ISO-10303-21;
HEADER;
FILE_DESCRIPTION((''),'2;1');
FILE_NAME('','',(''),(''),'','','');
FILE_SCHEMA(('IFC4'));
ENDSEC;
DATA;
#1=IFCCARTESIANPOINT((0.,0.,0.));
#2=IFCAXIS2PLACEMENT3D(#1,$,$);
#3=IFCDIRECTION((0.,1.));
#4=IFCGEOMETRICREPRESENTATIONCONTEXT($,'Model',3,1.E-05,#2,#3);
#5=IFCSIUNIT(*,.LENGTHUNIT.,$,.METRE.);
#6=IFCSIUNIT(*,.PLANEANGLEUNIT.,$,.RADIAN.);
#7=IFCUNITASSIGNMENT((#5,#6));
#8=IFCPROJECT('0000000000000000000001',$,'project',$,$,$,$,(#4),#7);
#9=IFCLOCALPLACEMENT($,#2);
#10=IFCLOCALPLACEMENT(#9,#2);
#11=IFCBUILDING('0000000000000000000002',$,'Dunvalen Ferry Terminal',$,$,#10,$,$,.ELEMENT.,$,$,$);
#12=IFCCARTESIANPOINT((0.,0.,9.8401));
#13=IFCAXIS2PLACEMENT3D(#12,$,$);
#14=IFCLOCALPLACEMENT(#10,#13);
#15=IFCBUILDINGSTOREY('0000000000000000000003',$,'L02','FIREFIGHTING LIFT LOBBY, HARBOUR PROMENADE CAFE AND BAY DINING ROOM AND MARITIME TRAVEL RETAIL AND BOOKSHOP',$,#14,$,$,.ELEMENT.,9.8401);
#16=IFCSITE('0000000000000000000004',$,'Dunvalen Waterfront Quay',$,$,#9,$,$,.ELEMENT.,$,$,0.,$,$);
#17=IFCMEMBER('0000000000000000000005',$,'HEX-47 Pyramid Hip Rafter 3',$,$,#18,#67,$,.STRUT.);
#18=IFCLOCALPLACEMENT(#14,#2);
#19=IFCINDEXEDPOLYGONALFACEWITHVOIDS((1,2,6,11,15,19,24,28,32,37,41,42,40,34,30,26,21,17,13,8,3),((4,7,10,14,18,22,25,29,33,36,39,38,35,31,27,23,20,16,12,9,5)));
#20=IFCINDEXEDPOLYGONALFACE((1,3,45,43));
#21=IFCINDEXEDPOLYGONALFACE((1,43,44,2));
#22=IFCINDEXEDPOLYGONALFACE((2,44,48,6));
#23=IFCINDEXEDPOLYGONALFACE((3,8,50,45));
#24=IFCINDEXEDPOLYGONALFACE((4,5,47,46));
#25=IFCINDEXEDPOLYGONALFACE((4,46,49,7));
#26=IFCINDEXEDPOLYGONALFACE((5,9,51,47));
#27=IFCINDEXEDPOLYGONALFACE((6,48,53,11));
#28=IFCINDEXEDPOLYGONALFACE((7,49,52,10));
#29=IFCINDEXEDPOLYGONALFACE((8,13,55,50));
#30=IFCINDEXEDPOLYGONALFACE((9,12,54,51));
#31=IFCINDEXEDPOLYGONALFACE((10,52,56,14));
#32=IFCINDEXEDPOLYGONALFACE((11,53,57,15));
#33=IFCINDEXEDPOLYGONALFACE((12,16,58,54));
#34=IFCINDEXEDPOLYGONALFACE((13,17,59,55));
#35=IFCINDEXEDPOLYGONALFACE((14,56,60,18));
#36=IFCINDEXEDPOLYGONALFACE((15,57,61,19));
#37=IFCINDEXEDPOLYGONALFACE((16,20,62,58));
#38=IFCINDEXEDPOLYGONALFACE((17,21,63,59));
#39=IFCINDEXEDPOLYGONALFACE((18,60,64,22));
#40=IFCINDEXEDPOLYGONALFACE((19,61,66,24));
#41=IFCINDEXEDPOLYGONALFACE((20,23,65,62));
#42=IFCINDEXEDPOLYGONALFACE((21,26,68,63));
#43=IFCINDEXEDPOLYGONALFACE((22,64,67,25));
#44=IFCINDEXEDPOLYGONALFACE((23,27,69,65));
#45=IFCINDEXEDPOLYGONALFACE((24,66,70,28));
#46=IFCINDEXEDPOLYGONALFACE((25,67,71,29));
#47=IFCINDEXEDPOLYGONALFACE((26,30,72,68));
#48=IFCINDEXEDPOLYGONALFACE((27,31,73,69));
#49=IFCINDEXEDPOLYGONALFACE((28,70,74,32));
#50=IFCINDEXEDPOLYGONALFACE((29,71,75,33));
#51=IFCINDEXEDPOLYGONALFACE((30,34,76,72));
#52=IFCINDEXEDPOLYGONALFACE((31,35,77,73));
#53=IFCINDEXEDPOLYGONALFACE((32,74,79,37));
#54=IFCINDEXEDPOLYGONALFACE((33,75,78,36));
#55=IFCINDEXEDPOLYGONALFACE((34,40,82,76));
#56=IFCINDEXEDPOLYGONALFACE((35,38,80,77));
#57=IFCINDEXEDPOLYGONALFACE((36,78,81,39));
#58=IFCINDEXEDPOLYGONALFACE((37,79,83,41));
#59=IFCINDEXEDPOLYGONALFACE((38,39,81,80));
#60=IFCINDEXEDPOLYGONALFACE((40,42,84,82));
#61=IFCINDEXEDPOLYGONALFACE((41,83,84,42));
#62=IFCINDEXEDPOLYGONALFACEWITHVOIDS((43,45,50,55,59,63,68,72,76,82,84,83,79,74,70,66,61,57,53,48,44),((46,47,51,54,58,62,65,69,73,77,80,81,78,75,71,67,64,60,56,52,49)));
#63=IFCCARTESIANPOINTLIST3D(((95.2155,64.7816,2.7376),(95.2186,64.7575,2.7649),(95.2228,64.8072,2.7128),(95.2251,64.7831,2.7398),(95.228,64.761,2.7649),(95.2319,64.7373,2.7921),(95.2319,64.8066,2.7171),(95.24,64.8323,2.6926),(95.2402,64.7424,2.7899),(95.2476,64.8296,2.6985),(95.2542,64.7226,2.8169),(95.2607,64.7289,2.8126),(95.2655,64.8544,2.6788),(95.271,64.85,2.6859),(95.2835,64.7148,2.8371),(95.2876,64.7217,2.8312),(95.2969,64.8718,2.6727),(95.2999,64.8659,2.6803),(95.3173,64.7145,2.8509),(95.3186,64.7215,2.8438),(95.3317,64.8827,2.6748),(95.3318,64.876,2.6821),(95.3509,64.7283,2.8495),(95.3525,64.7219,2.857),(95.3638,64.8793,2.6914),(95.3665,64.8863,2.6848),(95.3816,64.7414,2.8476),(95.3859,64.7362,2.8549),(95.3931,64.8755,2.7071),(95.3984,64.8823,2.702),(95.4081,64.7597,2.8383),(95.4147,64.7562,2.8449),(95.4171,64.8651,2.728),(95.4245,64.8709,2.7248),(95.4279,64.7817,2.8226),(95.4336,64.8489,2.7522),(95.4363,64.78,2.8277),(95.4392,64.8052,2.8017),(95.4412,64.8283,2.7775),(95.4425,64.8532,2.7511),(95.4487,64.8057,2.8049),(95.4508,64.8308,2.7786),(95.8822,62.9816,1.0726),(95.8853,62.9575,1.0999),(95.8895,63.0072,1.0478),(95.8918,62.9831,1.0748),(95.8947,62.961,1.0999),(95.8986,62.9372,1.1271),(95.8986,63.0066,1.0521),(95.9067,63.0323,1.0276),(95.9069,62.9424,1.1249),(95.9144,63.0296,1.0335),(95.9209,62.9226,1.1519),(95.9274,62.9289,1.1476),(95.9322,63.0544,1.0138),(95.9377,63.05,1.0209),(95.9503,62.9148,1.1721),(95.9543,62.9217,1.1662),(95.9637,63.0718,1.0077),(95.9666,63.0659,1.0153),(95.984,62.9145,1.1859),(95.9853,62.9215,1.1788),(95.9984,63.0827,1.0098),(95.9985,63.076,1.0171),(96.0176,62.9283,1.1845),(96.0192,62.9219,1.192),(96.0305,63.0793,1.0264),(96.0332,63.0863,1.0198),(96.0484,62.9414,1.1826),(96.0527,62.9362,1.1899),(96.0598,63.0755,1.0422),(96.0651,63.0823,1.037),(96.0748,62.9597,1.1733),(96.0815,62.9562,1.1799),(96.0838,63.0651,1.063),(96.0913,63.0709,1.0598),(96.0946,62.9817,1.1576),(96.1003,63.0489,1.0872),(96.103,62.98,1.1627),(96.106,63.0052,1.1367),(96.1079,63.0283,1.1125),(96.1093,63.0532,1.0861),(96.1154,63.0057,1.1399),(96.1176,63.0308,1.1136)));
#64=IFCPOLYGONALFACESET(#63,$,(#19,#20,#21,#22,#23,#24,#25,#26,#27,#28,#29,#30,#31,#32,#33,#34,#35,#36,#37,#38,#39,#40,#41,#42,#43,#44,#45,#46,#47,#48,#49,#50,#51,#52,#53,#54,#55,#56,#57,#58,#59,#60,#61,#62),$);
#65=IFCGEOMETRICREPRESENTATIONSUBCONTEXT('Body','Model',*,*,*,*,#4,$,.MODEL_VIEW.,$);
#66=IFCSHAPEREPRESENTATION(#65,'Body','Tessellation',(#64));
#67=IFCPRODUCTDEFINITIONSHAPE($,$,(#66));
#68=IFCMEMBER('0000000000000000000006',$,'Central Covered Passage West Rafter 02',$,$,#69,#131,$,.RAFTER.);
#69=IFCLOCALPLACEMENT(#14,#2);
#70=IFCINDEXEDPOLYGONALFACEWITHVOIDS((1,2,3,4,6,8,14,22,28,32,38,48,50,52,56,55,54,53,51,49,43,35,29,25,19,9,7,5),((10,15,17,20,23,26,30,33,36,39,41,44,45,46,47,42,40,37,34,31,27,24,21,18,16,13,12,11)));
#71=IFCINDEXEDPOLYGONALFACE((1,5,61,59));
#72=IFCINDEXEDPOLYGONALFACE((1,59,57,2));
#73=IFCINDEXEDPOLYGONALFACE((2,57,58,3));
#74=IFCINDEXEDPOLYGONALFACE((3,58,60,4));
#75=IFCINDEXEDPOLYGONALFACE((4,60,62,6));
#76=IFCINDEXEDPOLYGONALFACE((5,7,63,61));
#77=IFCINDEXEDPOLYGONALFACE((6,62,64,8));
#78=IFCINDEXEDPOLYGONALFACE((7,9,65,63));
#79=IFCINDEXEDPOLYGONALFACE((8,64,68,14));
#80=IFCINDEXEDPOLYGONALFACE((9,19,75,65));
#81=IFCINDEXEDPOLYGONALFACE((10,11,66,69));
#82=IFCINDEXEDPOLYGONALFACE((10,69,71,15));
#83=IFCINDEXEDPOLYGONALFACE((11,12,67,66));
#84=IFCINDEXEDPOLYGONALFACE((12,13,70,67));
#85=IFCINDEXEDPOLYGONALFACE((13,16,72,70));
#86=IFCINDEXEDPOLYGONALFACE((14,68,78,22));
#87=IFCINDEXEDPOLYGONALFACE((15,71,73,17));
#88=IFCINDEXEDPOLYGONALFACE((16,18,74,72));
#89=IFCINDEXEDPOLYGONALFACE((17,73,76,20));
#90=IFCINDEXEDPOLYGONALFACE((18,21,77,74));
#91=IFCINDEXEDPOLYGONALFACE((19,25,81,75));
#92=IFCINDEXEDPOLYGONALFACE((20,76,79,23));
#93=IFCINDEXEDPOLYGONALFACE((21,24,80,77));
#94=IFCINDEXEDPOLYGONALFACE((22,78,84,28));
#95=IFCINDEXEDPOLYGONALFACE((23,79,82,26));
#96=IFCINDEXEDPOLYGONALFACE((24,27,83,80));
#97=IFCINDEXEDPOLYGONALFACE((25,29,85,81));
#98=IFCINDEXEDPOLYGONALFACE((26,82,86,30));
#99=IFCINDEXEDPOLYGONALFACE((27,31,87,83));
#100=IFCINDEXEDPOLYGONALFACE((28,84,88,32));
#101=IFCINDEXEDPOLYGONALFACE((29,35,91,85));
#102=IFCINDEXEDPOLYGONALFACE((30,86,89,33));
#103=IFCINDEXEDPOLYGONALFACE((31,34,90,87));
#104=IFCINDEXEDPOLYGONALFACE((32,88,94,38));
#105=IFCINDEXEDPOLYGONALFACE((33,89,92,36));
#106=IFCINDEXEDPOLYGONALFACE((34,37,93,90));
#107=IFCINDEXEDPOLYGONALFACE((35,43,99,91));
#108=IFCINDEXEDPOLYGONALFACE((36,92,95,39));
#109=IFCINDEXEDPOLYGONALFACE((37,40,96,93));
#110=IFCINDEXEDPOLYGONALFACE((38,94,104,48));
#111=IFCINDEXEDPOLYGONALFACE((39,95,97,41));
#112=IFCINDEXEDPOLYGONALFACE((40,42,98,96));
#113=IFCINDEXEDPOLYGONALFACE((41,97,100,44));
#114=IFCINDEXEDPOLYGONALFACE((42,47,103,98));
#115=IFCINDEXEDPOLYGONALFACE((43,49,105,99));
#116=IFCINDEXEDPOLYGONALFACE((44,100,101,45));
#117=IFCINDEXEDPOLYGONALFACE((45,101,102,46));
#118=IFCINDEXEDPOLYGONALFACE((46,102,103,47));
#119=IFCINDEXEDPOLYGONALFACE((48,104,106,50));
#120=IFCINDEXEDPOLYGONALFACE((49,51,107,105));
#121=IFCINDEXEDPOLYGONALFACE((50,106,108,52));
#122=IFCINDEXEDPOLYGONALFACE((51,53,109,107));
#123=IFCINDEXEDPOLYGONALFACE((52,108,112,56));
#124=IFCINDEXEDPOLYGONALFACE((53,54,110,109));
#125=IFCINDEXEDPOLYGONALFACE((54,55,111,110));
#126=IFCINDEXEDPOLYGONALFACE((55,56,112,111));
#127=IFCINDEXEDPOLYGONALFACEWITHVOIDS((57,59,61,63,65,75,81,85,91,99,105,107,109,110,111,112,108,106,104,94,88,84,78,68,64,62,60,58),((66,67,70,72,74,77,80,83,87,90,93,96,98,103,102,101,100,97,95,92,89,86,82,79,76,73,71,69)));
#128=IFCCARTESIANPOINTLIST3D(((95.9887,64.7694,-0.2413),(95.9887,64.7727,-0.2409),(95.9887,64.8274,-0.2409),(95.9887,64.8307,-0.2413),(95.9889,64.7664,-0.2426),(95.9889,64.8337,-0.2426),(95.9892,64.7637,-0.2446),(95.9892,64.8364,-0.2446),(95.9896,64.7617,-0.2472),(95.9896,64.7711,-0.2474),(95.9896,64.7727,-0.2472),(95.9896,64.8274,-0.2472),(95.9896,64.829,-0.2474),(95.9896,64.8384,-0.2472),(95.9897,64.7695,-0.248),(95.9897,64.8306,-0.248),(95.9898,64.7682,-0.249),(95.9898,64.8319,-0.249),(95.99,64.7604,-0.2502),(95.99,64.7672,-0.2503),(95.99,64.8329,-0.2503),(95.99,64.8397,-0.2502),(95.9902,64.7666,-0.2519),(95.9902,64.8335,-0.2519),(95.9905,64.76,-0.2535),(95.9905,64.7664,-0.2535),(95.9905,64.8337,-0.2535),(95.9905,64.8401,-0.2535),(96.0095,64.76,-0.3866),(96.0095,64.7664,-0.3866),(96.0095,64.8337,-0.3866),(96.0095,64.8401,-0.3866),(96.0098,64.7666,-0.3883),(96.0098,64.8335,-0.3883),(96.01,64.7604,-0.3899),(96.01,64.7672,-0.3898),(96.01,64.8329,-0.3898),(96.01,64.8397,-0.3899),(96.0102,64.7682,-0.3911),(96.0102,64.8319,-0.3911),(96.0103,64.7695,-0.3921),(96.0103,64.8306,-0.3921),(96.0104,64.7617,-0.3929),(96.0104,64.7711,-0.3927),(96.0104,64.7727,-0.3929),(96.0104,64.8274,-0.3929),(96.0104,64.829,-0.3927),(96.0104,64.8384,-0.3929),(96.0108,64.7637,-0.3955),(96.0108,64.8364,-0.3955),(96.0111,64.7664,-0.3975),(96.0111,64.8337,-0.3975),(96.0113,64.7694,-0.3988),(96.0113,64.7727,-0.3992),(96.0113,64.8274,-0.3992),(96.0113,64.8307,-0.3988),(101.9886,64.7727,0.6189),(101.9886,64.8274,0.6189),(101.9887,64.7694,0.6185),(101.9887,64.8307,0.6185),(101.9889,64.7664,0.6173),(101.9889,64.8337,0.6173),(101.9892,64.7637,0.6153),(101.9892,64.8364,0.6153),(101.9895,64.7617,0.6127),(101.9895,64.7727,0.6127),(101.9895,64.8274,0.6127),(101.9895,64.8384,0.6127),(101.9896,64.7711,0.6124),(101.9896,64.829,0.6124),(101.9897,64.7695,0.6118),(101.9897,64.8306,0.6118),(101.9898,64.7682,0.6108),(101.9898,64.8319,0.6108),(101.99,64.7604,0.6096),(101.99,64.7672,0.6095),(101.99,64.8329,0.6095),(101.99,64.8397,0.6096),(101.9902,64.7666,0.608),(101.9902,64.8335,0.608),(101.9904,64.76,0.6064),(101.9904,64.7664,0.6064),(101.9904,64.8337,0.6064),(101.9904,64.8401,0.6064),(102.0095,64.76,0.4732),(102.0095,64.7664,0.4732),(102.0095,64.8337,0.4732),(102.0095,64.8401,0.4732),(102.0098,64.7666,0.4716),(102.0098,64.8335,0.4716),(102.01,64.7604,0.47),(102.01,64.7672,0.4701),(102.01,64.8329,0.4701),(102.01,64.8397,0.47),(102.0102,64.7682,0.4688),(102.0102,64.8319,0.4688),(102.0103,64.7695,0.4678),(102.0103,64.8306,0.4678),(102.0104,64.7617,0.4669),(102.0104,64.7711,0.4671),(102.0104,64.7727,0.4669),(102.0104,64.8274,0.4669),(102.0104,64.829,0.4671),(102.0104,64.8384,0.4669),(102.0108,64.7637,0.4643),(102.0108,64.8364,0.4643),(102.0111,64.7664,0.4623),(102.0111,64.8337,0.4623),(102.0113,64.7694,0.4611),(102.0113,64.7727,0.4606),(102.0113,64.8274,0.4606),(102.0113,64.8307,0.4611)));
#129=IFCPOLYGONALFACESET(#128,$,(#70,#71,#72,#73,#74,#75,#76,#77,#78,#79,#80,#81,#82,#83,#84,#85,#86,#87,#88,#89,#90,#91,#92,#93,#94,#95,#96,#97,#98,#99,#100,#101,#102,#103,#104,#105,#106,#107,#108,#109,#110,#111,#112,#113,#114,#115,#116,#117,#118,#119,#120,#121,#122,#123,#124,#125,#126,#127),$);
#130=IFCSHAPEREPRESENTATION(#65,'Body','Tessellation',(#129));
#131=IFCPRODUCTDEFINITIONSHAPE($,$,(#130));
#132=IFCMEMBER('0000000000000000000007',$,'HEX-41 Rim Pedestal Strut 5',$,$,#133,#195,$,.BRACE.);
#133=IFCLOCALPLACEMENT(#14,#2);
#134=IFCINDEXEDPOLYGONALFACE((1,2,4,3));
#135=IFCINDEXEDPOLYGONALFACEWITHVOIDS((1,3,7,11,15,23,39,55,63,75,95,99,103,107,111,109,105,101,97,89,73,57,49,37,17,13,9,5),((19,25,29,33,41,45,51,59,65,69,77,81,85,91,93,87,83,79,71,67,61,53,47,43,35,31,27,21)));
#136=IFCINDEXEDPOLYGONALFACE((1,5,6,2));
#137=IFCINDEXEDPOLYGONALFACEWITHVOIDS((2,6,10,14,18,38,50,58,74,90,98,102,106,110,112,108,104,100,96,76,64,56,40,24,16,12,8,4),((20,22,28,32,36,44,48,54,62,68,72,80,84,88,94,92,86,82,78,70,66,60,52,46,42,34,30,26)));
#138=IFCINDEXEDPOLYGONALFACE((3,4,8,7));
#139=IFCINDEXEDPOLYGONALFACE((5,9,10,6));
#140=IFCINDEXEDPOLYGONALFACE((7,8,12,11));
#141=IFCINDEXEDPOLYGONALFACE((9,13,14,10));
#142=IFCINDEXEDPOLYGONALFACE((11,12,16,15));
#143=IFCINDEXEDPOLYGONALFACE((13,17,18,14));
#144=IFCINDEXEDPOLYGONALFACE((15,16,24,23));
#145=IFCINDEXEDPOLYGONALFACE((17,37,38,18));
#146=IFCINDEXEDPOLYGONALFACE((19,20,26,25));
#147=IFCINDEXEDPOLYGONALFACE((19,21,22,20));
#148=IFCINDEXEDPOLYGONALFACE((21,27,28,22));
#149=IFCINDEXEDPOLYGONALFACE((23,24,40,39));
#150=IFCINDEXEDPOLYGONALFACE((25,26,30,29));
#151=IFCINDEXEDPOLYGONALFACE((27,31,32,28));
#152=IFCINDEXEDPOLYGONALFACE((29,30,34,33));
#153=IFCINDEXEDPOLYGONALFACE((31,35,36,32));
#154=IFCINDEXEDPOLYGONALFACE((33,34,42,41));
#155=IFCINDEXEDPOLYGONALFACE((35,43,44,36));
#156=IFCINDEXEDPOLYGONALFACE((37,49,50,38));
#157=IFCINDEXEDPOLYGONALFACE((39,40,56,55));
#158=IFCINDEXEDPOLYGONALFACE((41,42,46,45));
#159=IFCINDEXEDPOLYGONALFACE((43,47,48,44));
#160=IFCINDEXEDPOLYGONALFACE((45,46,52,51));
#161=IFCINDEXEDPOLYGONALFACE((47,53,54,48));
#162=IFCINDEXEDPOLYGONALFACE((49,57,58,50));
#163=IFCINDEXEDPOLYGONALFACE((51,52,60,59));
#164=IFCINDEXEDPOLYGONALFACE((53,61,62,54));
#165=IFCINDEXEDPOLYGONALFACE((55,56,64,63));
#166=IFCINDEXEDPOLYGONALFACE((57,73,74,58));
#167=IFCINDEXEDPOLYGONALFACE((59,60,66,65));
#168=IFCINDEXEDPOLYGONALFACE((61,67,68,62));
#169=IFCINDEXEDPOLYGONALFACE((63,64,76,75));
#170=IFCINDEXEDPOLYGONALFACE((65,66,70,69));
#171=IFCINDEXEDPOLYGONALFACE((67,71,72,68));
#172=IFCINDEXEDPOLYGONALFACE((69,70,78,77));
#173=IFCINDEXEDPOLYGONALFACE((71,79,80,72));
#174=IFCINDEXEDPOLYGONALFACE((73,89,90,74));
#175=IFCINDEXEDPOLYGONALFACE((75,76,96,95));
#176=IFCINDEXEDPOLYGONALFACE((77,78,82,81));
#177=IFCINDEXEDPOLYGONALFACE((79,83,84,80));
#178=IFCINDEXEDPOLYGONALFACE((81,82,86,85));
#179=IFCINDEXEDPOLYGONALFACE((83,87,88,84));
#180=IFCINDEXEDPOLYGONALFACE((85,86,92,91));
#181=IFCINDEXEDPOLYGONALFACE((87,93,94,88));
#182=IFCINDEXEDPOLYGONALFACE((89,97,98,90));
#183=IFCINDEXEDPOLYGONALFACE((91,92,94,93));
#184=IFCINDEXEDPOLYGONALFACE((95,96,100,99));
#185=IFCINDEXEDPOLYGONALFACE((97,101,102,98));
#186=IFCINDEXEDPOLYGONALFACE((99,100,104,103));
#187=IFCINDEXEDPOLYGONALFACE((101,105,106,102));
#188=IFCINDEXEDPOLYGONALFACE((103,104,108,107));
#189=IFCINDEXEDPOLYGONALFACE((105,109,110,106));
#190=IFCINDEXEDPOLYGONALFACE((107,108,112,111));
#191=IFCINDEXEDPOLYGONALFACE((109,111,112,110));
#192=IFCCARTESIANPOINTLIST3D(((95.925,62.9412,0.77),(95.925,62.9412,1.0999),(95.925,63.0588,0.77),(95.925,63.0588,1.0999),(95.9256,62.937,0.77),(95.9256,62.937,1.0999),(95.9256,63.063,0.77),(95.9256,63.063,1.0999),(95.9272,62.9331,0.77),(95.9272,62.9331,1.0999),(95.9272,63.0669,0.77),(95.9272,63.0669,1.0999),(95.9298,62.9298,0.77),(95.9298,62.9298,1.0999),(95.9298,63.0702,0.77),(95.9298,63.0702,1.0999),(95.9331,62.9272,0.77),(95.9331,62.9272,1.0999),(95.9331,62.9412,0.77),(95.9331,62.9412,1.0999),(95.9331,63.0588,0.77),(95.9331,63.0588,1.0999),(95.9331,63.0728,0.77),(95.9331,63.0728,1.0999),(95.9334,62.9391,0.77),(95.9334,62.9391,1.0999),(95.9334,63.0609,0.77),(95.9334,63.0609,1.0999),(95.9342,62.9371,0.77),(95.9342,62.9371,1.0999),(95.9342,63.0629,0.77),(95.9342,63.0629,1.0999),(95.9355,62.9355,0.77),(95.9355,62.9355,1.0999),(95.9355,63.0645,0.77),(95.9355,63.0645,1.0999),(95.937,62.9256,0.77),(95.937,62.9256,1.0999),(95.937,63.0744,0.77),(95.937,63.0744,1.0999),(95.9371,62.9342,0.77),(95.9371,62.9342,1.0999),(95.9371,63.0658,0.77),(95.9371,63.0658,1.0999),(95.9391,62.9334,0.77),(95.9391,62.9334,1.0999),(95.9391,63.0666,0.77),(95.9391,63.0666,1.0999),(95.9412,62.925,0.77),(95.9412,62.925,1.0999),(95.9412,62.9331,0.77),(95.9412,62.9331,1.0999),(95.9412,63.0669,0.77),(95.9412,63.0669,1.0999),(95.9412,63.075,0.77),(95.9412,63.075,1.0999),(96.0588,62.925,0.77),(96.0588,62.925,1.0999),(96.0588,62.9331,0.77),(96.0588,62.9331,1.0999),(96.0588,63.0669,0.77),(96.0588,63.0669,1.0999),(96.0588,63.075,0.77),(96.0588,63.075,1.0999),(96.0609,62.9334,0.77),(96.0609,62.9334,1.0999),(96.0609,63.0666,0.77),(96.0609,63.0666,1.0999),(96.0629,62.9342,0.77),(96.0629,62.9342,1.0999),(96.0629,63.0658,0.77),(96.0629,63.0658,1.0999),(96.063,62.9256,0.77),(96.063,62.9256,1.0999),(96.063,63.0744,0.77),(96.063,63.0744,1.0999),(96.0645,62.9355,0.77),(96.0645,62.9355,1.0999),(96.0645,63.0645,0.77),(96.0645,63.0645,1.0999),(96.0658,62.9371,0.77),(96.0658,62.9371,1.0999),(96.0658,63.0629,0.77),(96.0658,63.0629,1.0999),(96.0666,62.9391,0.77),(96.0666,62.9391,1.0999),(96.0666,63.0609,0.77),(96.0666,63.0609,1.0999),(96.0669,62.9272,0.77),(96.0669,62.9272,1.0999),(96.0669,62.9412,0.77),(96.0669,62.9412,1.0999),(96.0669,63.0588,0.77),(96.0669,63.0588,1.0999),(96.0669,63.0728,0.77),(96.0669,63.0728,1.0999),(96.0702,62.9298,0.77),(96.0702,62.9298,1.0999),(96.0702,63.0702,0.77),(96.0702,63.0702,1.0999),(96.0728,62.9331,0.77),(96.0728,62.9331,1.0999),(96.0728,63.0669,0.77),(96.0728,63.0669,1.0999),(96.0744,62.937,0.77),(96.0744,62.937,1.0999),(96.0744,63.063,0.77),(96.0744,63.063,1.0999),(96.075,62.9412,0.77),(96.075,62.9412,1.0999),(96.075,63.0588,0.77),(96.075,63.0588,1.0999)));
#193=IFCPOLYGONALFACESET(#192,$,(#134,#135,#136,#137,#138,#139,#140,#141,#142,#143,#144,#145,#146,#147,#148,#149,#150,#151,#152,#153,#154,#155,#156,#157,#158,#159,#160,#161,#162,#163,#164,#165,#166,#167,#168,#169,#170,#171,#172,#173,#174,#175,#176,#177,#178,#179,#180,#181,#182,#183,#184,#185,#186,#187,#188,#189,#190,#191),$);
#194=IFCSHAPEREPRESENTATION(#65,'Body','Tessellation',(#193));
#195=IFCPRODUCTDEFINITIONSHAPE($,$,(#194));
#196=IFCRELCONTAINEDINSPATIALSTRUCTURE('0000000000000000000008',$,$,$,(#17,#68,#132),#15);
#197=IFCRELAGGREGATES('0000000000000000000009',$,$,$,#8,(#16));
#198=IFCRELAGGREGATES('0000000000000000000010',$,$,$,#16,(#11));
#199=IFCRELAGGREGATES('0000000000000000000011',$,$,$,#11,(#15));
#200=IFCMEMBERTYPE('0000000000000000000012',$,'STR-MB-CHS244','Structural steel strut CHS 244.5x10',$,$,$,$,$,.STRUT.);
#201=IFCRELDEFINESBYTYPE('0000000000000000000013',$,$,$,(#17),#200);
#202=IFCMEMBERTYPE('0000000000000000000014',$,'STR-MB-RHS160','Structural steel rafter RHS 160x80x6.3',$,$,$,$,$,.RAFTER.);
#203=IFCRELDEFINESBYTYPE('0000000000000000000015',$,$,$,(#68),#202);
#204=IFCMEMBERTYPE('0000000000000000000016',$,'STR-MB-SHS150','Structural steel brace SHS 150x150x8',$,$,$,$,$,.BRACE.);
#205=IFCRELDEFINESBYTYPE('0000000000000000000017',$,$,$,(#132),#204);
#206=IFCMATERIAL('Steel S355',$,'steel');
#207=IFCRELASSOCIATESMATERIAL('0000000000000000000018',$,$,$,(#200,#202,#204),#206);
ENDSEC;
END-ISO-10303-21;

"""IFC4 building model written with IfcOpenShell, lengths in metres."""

from ifc_helpers import new_model, si_unit, direction, frame, origin, origin_2d, place, context, subcontext, project, spatial, hollow_rectangle, hollow_circle, extrude, material, material_profile, profile_set, type_object, element, save


model = new_model("IFC4")

# Units and contexts
model_context = context("Model", 3, precision=1e-05, world=origin(), true_north=direction((0.0, 1.0)))
body_context = subcontext(model_context, "Body", "Model", "MODEL_VIEW")
ifc_project = project(units=[si_unit("LENGTHUNIT", "METRE"), si_unit("PLANEANGLEUNIT", "RADIAN")], contexts=[model_context])

# Site, building, storey
site_placement = place(None, origin())
site = spatial("IfcSite", under=ifc_project, at=site_placement, Name="Dunvalen Waterfront Quay", CompositionType="ELEMENT", RefElevation=0.0)
building_placement = place(site_placement, origin())
building = spatial("IfcBuilding", under=site, at=building_placement, Name="Dunvalen Ferry Terminal", CompositionType="ELEMENT")
storey_placement = place(building_placement, frame((0.0, 0.0, 9.8401)))
storey = spatial("IfcBuildingStorey", under=building, at=storey_placement, Name="L02", Description="FIREFIGHTING LIFT LOBBY, HARBOUR PROMENADE CAFE AND BAY DINING ROOM AND MARITIME TRAVEL RETAIL AND BOOKSHOP", CompositionType="ELEMENT", Elevation=9.8401)

# Shared definitions
ifc_material_1 = material(Name="Steel S355", Category="steel")

# Members
ifc_material_profile_1 = material_profile(ifc_material_1, hollow_circle(Radius=0.1223, WallThickness=0.01, at=origin_2d()), Name="Steel S355")
ifc_profile_set_1 = profile_set([ifc_material_profile_1], Name="Steel S355")
member_type_1 = type_object("IfcMemberType", Name="STR-MB-CHS244", Description="Structural steel strut CHS 244.5x10", PredefinedType="STRUT", material=ifc_profile_set_1)
for number, where, z_axis, x_axis, name in (
    (1, (96.0, 63.0, 1.0999), (-0.262388, 0.70838, 0.655249), (-0.937738, -0.347343, 0.0), "HEX-47 Pyramid Hip Rafter 3"),
):
    element("IfcMember", number, at=place(storey_placement, frame(where, z_axis=z_axis, x_axis=x_axis)), inside=storey, type_object=member_type_1, Name=name, PredefinedType="STRUT", context=body_context, shape_type="SweptSolid", body=[
        extrude(hollow_circle(Radius=0.1223, WallThickness=0.01, at=origin_2d()), origin(), (0.0, 0.0, 1.0), 2.541),
    ])
ifc_material_profile_2 = material_profile(ifc_material_1, hollow_rectangle(XDim=0.0801, YDim=0.1599, WallThickness=0.0063, InnerFilletRadius=0.0063, OuterFilletRadius=0.0127, at=origin_2d()), Name="Steel S355")
ifc_profile_set_2 = profile_set([ifc_material_profile_2], Name="Steel S355")
member_type_2 = type_object("IfcMemberType", Name="STR-MB-RHS160", Description="Structural steel rafter RHS 160x80x6.3", PredefinedType="RAFTER", material=ifc_profile_set_2)
member_1_placement = place(storey_placement, frame((96.0, 64.8, -0.3201), z_axis=(0.989887, 0.0, 0.141861), x_axis=(0.0, 1.0, 0.0)))
element("IfcMember", 2, at=member_1_placement, inside=storey, type_object=member_type_2, Name="Central Covered Passage West Rafter 02", PredefinedType="RAFTER", context=body_context, shape_type="SweptSolid", body=[
    extrude(hollow_rectangle(XDim=0.0801, YDim=0.1599, WallThickness=0.0063, InnerFilletRadius=0.0063, OuterFilletRadius=0.0127, at=origin_2d()), origin(), (0.0, 0.0, 1.0), 6.0613),
])
ifc_material_profile_3 = material_profile(ifc_material_1, hollow_rectangle(XDim=0.1499, YDim=0.1499, WallThickness=0.0081, InnerFilletRadius=0.0081, OuterFilletRadius=0.0161, at=origin_2d()), Name="Steel S355")
ifc_profile_set_3 = profile_set([ifc_material_profile_3], Name="Steel S355")
member_type_3 = type_object("IfcMemberType", Name="STR-MB-SHS150", Description="Structural steel brace SHS 150x150x8", PredefinedType="BRACE", material=ifc_profile_set_3)
for number, where, z_axis, x_axis, name in (
    (3, (96.0, 63.0, 0.77), (0.0, 0.0, 1.0), (1.0, 0.0, 0.0), "HEX-41 Rim Pedestal Strut 5"),
):
    element("IfcMember", number, at=place(storey_placement, frame(where, z_axis=z_axis, x_axis=x_axis)), inside=storey, type_object=member_type_3, Name=name, PredefinedType="BRACE", context=body_context, shape_type="SweptSolid", body=[
        extrude(hollow_rectangle(XDim=0.1499, YDim=0.1499, WallThickness=0.0081, InnerFilletRadius=0.0081, OuterFilletRadius=0.0161, at=origin_2d()), origin(), (0.0, 0.0, 1.0), 0.3298),
    ])

save(model, "model.ifc")
